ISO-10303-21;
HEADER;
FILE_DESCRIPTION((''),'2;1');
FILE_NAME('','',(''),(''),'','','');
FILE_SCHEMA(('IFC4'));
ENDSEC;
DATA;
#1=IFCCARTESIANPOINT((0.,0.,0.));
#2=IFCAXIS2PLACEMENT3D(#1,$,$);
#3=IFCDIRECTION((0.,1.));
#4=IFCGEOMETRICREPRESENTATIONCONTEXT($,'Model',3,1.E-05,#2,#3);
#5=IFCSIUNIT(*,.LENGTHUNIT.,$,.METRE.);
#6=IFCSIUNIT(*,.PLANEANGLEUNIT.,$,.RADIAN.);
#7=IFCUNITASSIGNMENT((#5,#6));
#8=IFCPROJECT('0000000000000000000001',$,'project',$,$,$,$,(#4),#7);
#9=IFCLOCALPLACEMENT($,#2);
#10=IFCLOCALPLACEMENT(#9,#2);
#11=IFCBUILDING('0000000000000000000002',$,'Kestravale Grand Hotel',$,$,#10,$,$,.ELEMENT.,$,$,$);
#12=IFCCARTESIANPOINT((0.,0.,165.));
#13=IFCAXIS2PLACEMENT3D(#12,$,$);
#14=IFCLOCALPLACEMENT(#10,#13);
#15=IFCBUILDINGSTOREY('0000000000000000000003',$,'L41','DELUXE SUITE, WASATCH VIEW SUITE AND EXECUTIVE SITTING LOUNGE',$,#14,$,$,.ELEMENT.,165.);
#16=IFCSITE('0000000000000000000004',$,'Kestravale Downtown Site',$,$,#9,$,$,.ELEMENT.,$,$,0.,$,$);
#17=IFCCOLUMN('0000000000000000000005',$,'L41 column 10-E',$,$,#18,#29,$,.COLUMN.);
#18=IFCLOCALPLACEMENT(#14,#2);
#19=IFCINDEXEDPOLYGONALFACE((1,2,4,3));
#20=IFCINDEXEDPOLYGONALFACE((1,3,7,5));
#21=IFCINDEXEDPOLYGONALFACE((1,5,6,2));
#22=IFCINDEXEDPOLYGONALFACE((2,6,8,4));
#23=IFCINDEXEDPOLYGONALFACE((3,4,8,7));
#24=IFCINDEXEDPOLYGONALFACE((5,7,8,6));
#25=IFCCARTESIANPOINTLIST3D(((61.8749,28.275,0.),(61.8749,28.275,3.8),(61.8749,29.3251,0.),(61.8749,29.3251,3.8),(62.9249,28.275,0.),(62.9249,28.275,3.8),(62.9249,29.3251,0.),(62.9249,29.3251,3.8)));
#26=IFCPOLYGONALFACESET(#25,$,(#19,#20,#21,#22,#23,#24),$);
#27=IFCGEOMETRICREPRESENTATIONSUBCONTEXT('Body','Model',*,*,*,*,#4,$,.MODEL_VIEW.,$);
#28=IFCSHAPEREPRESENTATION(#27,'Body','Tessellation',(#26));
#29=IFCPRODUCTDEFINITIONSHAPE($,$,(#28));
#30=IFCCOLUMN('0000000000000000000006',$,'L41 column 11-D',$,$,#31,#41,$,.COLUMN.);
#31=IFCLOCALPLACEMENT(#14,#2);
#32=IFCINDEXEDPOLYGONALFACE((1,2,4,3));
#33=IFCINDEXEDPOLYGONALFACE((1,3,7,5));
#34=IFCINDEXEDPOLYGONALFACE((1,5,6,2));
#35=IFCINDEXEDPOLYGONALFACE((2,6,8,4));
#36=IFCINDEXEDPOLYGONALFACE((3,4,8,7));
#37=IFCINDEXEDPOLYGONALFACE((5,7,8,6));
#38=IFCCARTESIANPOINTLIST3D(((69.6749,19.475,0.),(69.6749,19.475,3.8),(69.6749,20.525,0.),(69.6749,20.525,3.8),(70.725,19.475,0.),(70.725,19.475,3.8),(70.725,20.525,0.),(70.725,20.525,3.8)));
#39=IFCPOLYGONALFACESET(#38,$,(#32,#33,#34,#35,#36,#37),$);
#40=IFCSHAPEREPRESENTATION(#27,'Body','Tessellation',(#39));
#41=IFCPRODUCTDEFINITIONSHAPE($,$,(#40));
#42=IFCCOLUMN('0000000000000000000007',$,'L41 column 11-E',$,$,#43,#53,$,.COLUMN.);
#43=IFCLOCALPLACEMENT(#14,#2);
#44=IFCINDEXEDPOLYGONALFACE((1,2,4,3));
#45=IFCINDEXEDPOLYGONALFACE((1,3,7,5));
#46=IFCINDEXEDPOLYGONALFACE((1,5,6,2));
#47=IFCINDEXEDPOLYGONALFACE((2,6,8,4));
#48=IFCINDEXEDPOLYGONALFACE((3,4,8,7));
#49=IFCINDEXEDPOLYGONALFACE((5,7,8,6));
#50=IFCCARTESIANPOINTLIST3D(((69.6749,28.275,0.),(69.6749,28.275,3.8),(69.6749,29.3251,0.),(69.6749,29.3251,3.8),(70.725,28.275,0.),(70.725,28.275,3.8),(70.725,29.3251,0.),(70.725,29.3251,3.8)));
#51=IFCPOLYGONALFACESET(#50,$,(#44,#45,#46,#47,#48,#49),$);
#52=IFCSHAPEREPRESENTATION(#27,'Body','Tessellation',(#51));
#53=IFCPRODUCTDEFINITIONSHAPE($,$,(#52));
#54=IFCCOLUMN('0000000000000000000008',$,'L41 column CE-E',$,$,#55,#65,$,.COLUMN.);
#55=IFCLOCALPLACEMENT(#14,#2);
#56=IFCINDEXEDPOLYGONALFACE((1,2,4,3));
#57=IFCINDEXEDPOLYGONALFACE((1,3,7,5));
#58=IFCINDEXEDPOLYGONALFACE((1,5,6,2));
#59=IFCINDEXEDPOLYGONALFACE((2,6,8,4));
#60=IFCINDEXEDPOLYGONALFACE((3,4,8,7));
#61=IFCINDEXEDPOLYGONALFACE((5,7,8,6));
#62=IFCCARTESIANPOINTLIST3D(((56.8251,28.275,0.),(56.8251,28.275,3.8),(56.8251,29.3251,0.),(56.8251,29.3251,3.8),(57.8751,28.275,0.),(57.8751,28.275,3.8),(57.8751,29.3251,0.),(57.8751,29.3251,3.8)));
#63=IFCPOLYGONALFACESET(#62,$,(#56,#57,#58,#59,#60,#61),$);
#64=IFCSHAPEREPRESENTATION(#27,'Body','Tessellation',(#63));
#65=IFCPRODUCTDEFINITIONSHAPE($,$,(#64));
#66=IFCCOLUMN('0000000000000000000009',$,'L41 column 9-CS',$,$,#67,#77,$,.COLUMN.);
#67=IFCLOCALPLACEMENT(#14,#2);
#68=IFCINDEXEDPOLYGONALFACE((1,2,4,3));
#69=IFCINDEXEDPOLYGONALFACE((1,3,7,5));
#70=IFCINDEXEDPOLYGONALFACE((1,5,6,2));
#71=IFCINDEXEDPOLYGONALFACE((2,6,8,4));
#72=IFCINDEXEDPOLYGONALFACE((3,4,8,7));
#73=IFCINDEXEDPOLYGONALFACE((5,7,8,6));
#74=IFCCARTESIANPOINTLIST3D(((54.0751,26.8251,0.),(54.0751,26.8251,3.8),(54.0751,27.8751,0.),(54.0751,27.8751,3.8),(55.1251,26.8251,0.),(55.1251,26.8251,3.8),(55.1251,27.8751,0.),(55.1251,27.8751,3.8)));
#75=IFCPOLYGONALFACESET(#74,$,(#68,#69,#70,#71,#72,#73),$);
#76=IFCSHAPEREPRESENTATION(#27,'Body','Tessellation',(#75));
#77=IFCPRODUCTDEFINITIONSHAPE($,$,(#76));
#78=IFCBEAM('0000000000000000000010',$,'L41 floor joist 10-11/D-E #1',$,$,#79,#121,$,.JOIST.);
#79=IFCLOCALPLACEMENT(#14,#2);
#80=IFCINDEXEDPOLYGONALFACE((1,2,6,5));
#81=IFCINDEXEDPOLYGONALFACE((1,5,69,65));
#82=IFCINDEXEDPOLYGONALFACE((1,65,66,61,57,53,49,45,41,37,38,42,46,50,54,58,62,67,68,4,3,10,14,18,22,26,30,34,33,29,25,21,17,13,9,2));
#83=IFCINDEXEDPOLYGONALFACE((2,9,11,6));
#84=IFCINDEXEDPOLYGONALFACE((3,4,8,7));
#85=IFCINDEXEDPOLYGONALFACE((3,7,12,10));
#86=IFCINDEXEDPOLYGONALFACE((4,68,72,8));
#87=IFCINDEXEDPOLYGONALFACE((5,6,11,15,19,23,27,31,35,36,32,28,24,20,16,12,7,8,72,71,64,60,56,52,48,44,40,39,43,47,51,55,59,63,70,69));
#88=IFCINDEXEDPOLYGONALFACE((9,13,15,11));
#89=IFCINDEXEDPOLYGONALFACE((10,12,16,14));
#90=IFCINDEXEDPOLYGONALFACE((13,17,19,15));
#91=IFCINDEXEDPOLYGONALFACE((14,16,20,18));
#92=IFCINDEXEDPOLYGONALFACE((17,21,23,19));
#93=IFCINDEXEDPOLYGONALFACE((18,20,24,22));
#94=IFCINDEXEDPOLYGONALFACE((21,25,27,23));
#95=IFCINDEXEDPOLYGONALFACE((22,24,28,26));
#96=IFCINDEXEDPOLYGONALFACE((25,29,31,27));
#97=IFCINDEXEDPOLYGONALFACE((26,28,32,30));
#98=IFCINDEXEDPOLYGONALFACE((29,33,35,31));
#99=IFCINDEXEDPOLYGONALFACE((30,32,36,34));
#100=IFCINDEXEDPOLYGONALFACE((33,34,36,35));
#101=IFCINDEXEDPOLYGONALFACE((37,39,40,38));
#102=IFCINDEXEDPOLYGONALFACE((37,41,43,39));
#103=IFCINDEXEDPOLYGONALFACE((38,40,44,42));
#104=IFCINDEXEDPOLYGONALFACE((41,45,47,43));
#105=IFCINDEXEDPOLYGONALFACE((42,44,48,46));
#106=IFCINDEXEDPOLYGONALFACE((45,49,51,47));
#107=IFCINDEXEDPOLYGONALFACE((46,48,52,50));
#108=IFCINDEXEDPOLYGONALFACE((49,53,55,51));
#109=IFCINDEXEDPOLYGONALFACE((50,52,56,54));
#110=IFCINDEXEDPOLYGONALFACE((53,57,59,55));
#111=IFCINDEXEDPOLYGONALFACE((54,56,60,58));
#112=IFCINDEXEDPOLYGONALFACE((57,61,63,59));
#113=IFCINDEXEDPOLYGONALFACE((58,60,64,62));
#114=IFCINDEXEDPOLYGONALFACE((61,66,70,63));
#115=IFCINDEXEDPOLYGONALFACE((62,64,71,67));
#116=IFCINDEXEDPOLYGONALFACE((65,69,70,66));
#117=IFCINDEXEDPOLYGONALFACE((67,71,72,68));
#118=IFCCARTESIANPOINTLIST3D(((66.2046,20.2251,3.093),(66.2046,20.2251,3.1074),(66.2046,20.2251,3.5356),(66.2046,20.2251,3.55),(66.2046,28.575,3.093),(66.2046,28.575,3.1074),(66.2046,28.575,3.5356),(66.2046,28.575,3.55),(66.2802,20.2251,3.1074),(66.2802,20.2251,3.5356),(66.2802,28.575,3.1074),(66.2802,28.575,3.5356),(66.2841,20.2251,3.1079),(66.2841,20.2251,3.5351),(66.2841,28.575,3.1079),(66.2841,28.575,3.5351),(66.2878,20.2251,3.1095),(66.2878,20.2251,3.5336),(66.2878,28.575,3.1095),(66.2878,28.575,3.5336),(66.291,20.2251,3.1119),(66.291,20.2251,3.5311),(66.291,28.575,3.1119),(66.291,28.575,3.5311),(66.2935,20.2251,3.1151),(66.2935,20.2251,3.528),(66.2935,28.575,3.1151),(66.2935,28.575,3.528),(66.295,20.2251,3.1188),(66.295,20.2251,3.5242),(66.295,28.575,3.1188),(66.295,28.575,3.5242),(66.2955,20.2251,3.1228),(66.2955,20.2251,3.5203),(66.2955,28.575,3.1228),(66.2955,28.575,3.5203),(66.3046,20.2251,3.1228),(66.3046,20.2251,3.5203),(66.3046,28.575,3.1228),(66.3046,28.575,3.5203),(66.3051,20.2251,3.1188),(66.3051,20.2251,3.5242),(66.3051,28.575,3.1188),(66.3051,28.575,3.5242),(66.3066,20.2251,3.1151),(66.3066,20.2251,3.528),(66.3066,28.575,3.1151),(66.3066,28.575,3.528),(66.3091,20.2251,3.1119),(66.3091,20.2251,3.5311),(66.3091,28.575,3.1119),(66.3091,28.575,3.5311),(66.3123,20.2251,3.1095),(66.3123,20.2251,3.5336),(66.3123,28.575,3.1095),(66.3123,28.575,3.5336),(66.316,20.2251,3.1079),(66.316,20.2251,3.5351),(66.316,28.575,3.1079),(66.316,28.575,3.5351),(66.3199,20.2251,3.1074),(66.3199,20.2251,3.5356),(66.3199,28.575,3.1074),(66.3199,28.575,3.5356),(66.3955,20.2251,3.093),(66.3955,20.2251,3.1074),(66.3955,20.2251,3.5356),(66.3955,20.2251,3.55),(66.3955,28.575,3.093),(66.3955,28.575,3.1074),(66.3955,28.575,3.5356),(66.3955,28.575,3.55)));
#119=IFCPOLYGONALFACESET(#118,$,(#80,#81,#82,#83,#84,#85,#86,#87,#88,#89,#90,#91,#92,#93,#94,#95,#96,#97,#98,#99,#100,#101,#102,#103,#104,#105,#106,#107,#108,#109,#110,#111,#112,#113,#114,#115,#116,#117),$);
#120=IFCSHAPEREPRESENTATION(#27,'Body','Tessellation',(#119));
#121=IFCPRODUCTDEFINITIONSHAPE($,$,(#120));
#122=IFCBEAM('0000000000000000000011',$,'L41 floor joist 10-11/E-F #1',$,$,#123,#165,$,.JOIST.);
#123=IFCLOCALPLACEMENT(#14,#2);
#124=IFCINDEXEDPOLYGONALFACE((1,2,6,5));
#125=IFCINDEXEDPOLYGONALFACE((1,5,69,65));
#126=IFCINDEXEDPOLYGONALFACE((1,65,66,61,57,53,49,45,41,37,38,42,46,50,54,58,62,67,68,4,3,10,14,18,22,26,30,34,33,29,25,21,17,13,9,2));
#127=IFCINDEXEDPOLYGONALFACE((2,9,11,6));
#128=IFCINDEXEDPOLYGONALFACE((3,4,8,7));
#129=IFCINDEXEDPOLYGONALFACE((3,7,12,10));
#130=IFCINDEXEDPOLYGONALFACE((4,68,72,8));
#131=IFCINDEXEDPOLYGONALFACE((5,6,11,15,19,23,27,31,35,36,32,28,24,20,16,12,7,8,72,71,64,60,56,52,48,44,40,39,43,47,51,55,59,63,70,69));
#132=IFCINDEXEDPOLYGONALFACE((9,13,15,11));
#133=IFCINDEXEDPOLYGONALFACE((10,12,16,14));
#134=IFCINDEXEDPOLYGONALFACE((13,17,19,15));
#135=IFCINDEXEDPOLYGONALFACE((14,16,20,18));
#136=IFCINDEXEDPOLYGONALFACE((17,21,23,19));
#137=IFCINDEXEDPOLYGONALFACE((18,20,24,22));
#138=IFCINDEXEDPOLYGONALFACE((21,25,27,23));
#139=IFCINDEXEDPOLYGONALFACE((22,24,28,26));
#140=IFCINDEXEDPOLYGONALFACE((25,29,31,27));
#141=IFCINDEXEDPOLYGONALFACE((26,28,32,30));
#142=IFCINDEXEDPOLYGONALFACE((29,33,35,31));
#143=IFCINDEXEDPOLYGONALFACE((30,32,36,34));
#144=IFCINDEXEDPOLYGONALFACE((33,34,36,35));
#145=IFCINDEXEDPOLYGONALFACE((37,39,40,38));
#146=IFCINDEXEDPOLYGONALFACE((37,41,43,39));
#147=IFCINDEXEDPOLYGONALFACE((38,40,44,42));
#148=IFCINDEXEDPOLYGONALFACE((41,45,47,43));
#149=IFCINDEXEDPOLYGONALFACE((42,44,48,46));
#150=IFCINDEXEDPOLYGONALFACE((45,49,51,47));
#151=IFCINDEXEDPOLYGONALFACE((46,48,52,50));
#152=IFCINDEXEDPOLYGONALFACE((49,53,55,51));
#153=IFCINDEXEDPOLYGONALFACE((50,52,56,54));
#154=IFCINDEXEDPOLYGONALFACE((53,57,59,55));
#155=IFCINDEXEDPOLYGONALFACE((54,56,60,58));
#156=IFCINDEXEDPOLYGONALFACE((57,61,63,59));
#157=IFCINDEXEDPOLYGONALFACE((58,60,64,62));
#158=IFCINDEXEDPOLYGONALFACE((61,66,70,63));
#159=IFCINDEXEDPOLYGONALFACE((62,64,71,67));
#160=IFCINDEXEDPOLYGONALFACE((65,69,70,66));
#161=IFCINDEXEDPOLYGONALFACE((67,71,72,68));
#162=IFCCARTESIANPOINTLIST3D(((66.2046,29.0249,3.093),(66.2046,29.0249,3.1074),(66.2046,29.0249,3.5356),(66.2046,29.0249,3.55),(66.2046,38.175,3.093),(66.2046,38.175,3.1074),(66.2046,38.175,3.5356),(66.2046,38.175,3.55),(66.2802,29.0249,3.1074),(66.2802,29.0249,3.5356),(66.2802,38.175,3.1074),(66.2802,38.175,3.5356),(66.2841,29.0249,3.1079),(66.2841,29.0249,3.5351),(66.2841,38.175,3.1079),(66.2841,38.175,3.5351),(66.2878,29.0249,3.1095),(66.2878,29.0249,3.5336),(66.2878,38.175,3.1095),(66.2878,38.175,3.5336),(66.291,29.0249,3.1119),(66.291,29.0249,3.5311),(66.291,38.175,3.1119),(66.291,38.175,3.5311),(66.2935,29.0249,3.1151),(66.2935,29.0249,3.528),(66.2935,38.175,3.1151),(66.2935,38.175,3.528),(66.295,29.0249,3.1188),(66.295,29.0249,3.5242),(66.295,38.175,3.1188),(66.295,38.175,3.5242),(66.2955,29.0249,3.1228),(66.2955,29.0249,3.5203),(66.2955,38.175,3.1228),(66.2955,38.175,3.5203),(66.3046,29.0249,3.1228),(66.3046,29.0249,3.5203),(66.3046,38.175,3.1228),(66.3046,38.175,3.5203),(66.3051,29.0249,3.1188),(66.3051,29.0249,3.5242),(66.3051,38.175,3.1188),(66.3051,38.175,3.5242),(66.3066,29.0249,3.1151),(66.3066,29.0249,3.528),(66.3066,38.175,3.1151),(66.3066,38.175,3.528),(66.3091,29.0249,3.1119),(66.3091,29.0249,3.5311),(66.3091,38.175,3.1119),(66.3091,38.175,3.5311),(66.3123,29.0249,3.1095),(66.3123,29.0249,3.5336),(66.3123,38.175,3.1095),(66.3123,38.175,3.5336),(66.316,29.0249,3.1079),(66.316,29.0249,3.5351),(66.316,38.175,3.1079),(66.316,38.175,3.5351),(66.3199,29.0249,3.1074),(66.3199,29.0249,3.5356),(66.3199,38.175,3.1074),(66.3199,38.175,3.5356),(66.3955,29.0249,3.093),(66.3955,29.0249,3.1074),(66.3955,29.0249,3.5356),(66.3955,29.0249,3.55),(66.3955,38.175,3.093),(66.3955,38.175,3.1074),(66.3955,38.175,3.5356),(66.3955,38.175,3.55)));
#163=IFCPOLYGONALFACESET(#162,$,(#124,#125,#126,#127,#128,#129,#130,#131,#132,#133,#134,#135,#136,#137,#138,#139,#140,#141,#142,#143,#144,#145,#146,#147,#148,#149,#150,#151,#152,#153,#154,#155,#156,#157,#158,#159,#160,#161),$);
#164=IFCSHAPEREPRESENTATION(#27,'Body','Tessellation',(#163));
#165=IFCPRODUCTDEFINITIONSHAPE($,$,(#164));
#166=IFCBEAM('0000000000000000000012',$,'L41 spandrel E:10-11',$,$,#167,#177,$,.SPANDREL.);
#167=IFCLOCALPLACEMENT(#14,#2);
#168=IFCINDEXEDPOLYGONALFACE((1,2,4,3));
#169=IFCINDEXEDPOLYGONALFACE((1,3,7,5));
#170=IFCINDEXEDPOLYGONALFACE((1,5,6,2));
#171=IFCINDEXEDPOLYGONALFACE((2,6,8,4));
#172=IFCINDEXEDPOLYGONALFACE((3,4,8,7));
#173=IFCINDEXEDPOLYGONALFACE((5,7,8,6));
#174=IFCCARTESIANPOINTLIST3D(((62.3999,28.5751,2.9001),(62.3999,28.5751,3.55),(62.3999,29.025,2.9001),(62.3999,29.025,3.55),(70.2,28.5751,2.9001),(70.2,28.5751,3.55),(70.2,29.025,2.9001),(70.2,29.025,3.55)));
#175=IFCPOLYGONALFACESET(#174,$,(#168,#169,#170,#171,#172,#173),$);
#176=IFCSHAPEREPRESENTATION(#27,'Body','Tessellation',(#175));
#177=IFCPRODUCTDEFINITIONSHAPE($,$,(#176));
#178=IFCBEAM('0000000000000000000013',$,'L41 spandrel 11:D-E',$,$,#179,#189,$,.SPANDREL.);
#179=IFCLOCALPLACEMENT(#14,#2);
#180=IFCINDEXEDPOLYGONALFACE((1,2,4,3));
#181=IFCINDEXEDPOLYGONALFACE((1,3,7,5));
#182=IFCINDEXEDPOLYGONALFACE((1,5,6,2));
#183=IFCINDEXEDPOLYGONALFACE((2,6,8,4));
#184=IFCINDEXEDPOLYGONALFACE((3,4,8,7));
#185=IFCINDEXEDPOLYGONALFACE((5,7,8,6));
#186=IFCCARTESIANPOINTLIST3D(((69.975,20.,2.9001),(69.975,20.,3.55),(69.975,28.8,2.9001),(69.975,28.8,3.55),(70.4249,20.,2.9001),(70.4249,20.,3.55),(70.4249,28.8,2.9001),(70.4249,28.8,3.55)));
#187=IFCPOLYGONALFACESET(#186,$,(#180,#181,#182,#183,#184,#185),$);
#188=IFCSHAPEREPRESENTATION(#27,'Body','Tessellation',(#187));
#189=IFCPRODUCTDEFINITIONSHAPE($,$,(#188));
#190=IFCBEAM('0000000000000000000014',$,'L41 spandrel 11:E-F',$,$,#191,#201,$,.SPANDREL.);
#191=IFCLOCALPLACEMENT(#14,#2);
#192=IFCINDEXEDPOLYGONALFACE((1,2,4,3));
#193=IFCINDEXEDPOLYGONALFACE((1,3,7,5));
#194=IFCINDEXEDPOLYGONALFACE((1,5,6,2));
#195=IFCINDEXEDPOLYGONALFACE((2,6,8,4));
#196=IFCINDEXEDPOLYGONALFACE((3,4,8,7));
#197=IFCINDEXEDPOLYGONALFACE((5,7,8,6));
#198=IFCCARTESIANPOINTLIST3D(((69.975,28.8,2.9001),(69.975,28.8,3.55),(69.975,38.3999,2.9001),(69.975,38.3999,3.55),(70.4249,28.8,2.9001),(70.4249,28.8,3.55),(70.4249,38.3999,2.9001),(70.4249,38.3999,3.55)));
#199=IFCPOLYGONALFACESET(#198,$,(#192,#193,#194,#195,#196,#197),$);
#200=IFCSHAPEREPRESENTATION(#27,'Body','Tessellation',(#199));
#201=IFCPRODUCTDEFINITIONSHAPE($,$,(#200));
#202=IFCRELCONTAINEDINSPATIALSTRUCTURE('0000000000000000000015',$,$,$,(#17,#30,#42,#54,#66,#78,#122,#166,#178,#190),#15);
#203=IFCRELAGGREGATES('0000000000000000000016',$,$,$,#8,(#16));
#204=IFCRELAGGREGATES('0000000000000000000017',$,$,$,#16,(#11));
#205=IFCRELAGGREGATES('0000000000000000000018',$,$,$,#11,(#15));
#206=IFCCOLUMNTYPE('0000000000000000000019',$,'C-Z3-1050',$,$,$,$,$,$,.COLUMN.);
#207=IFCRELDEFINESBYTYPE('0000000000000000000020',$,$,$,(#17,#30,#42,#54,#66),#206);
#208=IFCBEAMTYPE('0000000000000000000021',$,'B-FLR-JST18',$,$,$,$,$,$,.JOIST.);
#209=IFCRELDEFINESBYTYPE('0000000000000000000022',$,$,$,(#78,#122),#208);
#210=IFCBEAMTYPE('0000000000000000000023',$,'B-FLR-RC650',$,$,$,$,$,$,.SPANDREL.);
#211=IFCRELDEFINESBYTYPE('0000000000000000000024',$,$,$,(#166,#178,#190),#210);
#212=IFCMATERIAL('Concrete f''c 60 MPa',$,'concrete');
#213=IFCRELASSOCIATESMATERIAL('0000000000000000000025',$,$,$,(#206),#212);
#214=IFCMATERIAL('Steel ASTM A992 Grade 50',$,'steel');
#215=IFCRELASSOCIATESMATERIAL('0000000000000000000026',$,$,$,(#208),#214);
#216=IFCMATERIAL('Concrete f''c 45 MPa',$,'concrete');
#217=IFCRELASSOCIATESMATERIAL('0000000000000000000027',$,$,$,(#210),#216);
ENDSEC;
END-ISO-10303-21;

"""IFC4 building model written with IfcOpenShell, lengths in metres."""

from ifc_helpers import new_model, si_unit, direction, frame, origin, origin_2d, place, context, subcontext, project, spatial, rectangle, i_section, extrude, material, material_profile, profile_set, type_object, element, save


model = new_model("IFC4")

# Units and contexts
model_context = context("Model", 3, precision=1e-05, world=origin(), true_north=direction((0.0, 1.0)))
body_context = subcontext(model_context, "Body", "Model", "MODEL_VIEW")
ifc_project = project(units=[si_unit("LENGTHUNIT", "METRE"), si_unit("PLANEANGLEUNIT", "RADIAN")], contexts=[model_context])

# Site, building, storey
site_placement = place(None, origin())
site = spatial("IfcSite", under=ifc_project, at=site_placement, Name="Kestravale Downtown Site", CompositionType="ELEMENT", RefElevation=0.0)
building_placement = place(site_placement, origin())
building = spatial("IfcBuilding", under=site, at=building_placement, Name="Kestravale Grand Hotel", CompositionType="ELEMENT")
storey_placement = place(building_placement, frame((0.0, 0.0, 165.0)))
storey = spatial("IfcBuildingStorey", under=building, at=storey_placement, Name="L41", Description="DELUXE SUITE, WASATCH VIEW SUITE AND EXECUTIVE SITTING LOUNGE", CompositionType="ELEMENT", Elevation=165.0)

# Columns
ifc_material_1 = material(Name="Concrete f'c 60 MPa", Category="concrete")
ifc_material_profile_1 = material_profile(ifc_material_1, rectangle(XDim=1.05, YDim=1.05, at=origin_2d()))
ifc_profile_set_1 = profile_set([ifc_material_profile_1], Name="Concrete f'c 60 MPa")
column_type = type_object("IfcColumnType", Name="C-Z3-1050", PredefinedType="COLUMN", material=ifc_profile_set_1)
for number, where, z_axis, x_axis, name in (
    (1, (62.3999, 28.8, 0.0), (0.0, 0.0, 1.0), (1.0, 0.0, 0.0), "L41 column 10-E"),
    (2, (70.2, 20.0, 0.0), (0.0, 0.0, 1.0), (1.0, 0.0, 0.0), "L41 column 11-D"),
    (3, (70.2, 28.8, 0.0), (0.0, 0.0, 1.0), (1.0, 0.0, 0.0), "L41 column 11-E"),
    (4, (57.3501, 28.8, 0.0), (0.0, 0.0, 1.0), (1.0, 0.0, 0.0), "L41 column CE-E"),
    (5, (54.6001, 27.3501, 0.0), (0.0, 0.0, 1.0), (1.0, 0.0, 0.0), "L41 column 9-CS"),
):
    element("IfcColumn", number, at=place(storey_placement, frame(where, z_axis=z_axis, x_axis=x_axis)), inside=storey, type_object=column_type, Name=name, PredefinedType="COLUMN", context=body_context, shape_type="SweptSolid", body=[
        extrude(rectangle(XDim=1.05, YDim=1.05, at=origin_2d()), origin(), (0.0, 0.0, 1.0), 3.8),
    ])

# Beams
ifc_material_2 = material(Name="Steel ASTM A992 Grade 50", Category="steel")
ifc_material_profile_2 = material_profile(ifc_material_2, i_section(OverallWidth=0.1909, OverallDepth=0.457, WebThickness=0.009, FlangeThickness=0.0144, FilletRadius=0.0154, at=origin_2d()))
ifc_profile_set_2 = profile_set([ifc_material_profile_2], Name="Steel ASTM A992 Grade 50")
beam_type_1 = type_object("IfcBeamType", Name="B-FLR-JST18", PredefinedType="JOIST", material=ifc_profile_set_2)
beam_1_placement = place(storey_placement, frame((66.3, 20.2251, 3.3215), z_axis=(0.0, 1.0, 0.0), x_axis=(-1.0, 0.0, 0.0)))
element("IfcBeam", 6, at=beam_1_placement, inside=storey, type_object=beam_type_1, Name="L41 floor joist 10-11/D-E #1", PredefinedType="JOIST", context=body_context, shape_type="SweptSolid", body=[
    extrude(i_section(OverallWidth=0.1909, OverallDepth=0.457, WebThickness=0.009, FlangeThickness=0.0144, FilletRadius=0.0154, at=origin_2d()), origin(), (0.0, 0.0, 1.0), 8.3499),
])
beam_2_placement = place(storey_placement, frame((66.3, 29.0249, 3.3215), z_axis=(0.0, 1.0, 0.0), x_axis=(-1.0, 0.0, 0.0)))
element("IfcBeam", 7, at=beam_2_placement, inside=storey, type_object=beam_type_1, Name="L41 floor joist 10-11/E-F #1", PredefinedType="JOIST", context=body_context, shape_type="SweptSolid", body=[
    extrude(i_section(OverallWidth=0.1909, OverallDepth=0.457, WebThickness=0.009, FlangeThickness=0.0144, FilletRadius=0.0154, at=origin_2d()), origin(), (0.0, 0.0, 1.0), 9.1501),
])
ifc_material_3 = material(Name="Concrete f'c 45 MPa", Category="concrete")
ifc_material_profile_3 = material_profile(ifc_material_3, rectangle(XDim=0.45, YDim=0.6499, at=origin_2d()))
ifc_profile_set_3 = profile_set([ifc_material_profile_3], Name="Concrete f'c 45 MPa")
beam_type_2 = type_object("IfcBeamType", Name="B-FLR-RC650", PredefinedType="SPANDREL", material=ifc_profile_set_3)
beam_3_placement = place(storey_placement, frame((62.3999, 28.8, 3.2251), z_axis=(1.0, 0.0, 0.0), x_axis=(0.0, 1.0, 0.0)))
element("IfcBeam", 8, at=beam_3_placement, inside=storey, type_object=beam_type_2, Name="L41 spandrel E:10-11", PredefinedType="SPANDREL", context=body_context, shape_type="SweptSolid", body=[
    extrude(rectangle(XDim=0.45, YDim=0.6499, at=origin_2d()), origin(), (0.0, 0.0, 1.0), 7.8),
])
beam_4_placement = place(storey_placement, frame((70.2, 20.0, 3.2251), z_axis=(0.0, 1.0, 0.0), x_axis=(-1.0, 0.0, 0.0)))
element("IfcBeam", 9, at=beam_4_placement, inside=storey, type_object=beam_type_2, Name="L41 spandrel 11:D-E", PredefinedType="SPANDREL", context=body_context, shape_type="SweptSolid", body=[
    extrude(rectangle(XDim=0.45, YDim=0.6499, at=origin_2d()), origin(), (0.0, 0.0, 1.0), 8.8),
])
beam_5_placement = place(storey_placement, frame((70.2, 28.8, 3.2251), z_axis=(0.0, 1.0, 0.0), x_axis=(-1.0, 0.0, 0.0)))
element("IfcBeam", 10, at=beam_5_placement, inside=storey, type_object=beam_type_2, Name="L41 spandrel 11:E-F", PredefinedType="SPANDREL", context=body_context, shape_type="SweptSolid", body=[
    extrude(rectangle(XDim=0.45, YDim=0.6499, at=origin_2d()), origin(), (0.0, 0.0, 1.0), 9.5999),
])

save(model, "model.ifc")
